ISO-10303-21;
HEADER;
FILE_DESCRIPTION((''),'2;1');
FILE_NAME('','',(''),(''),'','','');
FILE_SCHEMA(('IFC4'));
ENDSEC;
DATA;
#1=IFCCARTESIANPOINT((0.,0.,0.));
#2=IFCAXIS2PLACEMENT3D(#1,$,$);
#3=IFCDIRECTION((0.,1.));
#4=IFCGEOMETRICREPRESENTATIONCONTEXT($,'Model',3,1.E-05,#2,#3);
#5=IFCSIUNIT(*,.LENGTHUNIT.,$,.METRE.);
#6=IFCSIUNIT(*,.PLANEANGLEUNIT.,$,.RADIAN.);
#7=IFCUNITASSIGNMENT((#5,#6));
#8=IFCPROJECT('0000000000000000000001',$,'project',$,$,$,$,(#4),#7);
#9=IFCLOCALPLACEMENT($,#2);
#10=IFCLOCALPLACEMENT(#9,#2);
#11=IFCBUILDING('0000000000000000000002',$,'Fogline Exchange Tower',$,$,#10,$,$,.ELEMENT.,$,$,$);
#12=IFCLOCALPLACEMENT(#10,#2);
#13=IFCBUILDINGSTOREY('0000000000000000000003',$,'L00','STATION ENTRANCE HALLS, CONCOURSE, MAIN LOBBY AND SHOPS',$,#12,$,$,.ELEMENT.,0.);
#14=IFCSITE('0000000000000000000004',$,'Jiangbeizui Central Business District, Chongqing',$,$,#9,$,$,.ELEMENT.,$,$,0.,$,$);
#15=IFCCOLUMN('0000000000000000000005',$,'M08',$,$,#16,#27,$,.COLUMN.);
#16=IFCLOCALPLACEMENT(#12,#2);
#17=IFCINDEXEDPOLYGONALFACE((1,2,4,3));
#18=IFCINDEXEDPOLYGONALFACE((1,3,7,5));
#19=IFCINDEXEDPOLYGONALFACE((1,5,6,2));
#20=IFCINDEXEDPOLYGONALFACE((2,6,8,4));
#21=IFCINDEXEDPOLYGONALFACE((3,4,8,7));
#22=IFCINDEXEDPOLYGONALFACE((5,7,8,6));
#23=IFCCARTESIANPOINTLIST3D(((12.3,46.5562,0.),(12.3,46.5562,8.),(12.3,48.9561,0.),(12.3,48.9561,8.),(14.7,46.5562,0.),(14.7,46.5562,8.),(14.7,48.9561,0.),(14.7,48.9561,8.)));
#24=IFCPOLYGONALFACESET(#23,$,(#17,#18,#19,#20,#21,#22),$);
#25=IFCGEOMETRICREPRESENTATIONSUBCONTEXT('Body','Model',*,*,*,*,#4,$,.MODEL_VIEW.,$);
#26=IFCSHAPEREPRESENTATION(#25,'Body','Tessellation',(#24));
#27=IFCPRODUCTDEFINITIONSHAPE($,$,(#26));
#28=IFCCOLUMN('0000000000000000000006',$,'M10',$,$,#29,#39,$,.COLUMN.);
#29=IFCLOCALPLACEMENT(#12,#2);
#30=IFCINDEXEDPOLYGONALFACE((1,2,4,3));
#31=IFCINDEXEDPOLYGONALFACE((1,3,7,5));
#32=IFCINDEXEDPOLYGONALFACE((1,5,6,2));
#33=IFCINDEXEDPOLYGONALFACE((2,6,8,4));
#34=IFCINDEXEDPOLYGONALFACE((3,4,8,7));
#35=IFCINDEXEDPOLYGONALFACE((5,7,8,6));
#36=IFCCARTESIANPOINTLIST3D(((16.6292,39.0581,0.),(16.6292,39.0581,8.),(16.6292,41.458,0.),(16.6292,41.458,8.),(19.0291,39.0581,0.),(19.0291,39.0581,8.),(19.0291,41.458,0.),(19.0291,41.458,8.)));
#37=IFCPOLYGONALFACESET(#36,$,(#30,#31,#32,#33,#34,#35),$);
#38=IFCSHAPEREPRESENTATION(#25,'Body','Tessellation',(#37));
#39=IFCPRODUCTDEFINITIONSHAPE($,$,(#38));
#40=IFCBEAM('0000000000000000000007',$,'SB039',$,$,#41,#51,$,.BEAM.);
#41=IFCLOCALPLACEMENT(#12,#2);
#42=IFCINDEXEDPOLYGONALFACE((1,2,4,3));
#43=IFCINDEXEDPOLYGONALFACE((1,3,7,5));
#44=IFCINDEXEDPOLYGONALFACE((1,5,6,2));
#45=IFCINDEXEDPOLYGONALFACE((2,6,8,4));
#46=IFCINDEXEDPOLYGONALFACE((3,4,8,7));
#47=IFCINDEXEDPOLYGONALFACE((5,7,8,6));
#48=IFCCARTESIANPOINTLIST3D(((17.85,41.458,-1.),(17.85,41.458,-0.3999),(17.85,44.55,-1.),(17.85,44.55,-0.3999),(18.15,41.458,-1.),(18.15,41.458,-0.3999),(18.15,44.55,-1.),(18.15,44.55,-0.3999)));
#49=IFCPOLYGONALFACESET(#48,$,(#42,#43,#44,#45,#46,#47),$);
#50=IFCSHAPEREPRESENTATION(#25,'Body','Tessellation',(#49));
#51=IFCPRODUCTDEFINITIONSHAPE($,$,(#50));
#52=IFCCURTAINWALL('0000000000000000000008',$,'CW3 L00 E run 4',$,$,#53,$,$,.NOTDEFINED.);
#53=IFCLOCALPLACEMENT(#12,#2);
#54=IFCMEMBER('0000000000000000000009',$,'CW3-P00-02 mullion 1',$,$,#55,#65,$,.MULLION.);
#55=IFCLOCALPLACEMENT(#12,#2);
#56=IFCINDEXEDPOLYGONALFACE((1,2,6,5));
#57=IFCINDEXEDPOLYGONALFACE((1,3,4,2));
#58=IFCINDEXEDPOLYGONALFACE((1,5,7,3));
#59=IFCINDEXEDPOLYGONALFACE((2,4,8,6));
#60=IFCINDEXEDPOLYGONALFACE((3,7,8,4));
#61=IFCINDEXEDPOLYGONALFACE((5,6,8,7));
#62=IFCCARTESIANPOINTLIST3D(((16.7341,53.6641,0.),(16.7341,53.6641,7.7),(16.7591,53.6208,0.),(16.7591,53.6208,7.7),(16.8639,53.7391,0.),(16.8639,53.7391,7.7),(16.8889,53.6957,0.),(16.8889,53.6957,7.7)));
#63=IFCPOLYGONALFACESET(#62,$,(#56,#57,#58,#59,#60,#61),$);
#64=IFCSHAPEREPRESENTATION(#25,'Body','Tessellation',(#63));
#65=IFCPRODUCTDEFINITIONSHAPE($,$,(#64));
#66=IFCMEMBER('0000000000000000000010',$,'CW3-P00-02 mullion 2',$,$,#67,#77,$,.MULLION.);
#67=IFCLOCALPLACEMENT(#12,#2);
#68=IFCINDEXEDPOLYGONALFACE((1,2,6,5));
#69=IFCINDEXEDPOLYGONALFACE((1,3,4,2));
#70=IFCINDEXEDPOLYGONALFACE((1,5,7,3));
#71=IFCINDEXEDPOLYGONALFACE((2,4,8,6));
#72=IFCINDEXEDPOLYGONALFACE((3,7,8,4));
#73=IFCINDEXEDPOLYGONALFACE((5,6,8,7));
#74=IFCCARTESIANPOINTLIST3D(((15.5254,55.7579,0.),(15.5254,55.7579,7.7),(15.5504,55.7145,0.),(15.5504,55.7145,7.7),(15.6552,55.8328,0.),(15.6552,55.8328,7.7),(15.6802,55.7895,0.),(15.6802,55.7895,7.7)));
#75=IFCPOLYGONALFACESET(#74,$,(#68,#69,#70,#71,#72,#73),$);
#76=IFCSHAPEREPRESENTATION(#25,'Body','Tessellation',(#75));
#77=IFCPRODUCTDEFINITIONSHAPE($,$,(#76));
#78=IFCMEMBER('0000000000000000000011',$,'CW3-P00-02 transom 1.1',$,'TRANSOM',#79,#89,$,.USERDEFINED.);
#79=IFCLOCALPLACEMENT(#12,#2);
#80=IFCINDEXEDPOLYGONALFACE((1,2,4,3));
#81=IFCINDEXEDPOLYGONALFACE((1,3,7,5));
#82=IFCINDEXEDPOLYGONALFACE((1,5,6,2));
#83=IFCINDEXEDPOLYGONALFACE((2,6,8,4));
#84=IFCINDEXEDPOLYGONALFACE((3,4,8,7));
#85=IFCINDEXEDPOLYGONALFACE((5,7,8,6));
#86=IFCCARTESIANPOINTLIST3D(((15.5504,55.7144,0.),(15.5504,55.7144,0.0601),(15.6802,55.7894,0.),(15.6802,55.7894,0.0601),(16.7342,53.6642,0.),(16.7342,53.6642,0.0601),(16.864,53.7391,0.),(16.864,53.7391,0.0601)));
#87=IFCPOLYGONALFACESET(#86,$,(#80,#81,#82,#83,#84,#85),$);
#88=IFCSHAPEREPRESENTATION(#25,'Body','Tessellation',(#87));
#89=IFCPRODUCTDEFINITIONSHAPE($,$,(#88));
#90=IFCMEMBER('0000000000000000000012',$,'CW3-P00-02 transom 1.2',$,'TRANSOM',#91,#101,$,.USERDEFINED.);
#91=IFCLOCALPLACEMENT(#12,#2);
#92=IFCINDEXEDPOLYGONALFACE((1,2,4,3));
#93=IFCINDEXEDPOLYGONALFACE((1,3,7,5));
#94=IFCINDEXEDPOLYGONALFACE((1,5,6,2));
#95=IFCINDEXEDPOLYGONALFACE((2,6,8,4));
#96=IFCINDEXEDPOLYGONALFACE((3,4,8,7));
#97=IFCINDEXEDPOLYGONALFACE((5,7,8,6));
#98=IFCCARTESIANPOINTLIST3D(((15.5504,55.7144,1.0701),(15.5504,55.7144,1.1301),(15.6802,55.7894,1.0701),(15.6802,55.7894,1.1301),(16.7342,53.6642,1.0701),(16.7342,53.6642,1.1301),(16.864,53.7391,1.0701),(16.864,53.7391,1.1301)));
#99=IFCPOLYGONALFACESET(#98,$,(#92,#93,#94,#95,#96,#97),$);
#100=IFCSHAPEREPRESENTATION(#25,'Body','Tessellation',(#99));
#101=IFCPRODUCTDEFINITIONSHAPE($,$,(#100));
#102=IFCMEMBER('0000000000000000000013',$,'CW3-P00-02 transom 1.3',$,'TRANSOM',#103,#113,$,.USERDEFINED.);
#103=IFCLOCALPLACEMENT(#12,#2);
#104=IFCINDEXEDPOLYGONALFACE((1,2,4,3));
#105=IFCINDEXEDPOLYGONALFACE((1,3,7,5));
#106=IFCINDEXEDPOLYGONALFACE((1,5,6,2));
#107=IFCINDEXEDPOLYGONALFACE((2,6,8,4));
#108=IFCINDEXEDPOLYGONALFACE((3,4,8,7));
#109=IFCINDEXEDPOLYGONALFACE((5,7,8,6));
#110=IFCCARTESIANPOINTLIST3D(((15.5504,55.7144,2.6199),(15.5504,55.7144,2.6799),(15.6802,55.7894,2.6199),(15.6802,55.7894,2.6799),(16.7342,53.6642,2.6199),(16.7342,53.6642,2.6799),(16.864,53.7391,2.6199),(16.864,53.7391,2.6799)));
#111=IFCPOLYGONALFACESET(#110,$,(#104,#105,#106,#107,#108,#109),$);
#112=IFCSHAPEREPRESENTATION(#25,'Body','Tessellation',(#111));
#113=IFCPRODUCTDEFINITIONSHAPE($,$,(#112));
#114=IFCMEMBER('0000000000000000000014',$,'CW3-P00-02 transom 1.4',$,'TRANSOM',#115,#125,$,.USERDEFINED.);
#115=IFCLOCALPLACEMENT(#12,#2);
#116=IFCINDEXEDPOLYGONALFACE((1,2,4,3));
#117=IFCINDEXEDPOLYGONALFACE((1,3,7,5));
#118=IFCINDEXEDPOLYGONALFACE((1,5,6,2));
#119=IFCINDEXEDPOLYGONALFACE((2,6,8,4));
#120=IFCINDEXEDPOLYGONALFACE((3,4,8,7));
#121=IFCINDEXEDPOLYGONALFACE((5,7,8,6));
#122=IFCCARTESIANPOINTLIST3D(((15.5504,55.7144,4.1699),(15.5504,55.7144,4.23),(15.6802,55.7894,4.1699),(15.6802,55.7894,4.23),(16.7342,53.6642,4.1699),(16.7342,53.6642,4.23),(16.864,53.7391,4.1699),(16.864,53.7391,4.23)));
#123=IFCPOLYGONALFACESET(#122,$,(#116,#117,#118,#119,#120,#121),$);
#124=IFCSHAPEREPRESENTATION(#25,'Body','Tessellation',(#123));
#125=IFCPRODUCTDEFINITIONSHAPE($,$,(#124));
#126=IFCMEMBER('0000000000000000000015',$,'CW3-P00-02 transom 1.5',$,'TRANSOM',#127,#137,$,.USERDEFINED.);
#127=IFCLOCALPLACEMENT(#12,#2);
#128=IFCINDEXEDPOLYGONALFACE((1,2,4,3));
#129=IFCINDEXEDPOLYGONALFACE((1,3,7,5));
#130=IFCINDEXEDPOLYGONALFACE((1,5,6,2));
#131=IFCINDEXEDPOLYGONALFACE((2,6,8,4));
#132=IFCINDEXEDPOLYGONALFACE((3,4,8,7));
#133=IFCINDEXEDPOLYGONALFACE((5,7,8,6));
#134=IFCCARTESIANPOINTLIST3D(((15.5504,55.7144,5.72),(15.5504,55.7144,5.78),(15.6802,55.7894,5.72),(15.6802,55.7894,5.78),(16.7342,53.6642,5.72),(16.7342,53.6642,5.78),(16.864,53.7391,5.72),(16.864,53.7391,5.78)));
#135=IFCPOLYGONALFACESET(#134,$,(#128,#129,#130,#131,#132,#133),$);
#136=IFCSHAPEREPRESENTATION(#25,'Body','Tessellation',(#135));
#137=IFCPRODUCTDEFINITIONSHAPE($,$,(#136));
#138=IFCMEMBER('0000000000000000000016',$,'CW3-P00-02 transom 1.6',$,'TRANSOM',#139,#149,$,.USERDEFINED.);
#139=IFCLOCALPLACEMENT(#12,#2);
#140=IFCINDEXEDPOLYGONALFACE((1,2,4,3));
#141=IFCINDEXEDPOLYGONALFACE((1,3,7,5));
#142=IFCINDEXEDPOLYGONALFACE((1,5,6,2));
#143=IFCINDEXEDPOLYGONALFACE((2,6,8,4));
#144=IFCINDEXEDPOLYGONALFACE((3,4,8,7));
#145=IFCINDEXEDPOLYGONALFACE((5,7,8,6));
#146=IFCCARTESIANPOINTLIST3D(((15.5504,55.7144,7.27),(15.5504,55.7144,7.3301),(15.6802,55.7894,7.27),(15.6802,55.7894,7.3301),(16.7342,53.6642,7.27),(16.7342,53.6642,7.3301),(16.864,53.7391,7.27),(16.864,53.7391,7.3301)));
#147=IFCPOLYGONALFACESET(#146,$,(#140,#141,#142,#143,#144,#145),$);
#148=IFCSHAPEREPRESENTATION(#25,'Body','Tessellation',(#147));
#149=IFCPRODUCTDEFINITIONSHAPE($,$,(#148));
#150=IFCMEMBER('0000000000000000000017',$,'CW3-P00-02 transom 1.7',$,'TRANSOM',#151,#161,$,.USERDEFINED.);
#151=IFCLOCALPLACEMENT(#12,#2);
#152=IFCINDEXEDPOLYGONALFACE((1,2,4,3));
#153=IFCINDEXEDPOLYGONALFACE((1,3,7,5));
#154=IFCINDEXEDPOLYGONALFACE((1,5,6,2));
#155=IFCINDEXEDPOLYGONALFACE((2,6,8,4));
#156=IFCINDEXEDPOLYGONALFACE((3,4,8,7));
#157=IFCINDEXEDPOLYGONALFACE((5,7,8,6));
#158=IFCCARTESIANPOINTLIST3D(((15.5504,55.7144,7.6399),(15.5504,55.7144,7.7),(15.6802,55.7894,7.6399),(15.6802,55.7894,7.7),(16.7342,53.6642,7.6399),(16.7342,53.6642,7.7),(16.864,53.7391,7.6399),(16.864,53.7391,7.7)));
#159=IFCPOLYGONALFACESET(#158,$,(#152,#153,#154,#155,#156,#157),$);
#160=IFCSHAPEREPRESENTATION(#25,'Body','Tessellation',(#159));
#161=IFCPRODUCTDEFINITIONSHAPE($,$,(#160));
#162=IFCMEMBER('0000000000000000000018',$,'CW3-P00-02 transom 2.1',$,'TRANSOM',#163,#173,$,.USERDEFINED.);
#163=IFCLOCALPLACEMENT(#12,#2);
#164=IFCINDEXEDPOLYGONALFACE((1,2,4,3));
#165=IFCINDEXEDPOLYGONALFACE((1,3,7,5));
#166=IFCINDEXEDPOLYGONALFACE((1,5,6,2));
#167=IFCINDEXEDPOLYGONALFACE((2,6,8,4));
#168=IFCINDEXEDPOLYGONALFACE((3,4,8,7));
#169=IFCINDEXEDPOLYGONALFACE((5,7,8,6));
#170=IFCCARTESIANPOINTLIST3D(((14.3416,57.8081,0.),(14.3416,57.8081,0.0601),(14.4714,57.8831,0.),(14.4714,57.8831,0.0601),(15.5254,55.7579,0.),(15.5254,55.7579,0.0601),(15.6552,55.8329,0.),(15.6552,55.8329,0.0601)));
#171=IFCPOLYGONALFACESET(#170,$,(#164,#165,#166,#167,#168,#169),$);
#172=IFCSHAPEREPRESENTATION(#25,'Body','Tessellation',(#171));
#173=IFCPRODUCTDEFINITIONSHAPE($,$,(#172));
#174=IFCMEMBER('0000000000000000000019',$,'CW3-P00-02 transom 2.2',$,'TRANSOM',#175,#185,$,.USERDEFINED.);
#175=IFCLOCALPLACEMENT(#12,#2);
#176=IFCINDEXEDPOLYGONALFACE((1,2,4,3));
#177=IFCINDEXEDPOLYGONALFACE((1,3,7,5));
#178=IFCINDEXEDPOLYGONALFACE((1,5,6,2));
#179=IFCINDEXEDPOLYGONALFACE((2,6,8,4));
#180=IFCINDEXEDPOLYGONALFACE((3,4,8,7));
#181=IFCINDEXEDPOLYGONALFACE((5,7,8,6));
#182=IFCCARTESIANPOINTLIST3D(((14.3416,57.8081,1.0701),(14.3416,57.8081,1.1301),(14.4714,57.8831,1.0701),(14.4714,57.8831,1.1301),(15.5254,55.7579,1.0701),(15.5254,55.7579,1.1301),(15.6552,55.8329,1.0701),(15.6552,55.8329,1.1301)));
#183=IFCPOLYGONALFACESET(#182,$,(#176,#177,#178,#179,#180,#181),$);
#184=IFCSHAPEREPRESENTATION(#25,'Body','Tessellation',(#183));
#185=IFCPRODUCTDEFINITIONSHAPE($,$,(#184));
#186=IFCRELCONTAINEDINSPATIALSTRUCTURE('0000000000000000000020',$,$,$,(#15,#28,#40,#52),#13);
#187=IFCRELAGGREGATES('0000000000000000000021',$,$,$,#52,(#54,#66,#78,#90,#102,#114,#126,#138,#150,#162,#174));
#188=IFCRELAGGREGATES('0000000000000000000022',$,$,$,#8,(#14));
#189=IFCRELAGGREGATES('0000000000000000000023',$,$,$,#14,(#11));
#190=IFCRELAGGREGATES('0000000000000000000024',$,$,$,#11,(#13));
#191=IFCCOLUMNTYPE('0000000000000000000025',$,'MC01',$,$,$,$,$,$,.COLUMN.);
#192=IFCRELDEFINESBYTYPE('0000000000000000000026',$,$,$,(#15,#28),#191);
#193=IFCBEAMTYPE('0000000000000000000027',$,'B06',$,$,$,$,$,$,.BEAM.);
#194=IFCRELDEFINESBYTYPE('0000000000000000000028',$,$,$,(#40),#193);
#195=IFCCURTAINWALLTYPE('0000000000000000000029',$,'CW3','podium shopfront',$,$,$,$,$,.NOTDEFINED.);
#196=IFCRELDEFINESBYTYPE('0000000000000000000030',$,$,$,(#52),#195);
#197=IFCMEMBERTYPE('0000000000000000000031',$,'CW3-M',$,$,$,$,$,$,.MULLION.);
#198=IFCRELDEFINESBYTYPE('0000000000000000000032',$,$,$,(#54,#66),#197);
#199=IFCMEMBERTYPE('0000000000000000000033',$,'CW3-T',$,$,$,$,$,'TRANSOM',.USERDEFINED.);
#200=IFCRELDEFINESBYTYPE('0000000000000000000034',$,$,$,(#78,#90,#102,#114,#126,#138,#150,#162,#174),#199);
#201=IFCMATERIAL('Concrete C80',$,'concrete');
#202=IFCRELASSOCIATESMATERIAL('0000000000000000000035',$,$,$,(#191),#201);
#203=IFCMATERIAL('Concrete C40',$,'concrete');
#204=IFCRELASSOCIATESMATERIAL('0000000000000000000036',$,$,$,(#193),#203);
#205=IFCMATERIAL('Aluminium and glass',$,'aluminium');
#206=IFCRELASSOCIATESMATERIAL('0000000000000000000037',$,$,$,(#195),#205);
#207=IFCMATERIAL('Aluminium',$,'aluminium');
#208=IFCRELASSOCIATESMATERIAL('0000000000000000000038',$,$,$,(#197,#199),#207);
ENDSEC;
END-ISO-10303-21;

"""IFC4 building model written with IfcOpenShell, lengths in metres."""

from ifc_helpers import new_model, si_unit, direction, frame, origin, origin_2d, place, context, subcontext, project, spatial, rectangle, extrude, material, material_profile, profile_set, type_object, element, aggregate, save


model = new_model("IFC4")

# Units and contexts
model_context = context("Model", 3, precision=1e-05, world=origin(), true_north=direction((0.0, 1.0)))
body_context = subcontext(model_context, "Body", "Model", "MODEL_VIEW")
ifc_project = project(units=[si_unit("LENGTHUNIT", "METRE"), si_unit("PLANEANGLEUNIT", "RADIAN")], contexts=[model_context])

# Site, building, storey
site_placement = place(None, origin())
site = spatial("IfcSite", under=ifc_project, at=site_placement, Name="Jiangbeizui Central Business District, Chongqing", CompositionType="ELEMENT", RefElevation=0.0)
building_placement = place(site_placement, origin())
building = spatial("IfcBuilding", under=site, at=building_placement, Name="Fogline Exchange Tower", CompositionType="ELEMENT")
storey_placement = place(building_placement, origin())
storey = spatial("IfcBuildingStorey", under=building, at=storey_placement, Name="L00", Description="STATION ENTRANCE HALLS, CONCOURSE, MAIN LOBBY AND SHOPS", CompositionType="ELEMENT", Elevation=0.0)

# Columns
ifc_material_1 = material(Name="Concrete C80", Category="concrete")
ifc_material_profile_1 = material_profile(ifc_material_1, rectangle(XDim=2.3999, YDim=2.3999, at=origin_2d()), Name="RC 2400x2400")
ifc_profile_set_1 = profile_set([ifc_material_profile_1], Name="Concrete C80")
column_type = type_object("IfcColumnType", Name="MC01", PredefinedType="COLUMN", material=ifc_profile_set_1)
for number, where, z_axis, x_axis, name in (
    (1, (13.5, 47.7561, 0.0), (0.0, 0.0, 1.0), (1.0, 0.0, 0.0), "M08"),
    (2, (17.8291, 40.2581, 0.0), (0.0, 0.0, 1.0), (1.0, 0.0, 0.0), "M10"),
):
    element("IfcColumn", number, at=place(storey_placement, frame(where, z_axis=z_axis, x_axis=x_axis)), inside=storey, type_object=column_type, Name=name, PredefinedType="COLUMN", context=body_context, shape_type="SweptSolid", body=[
        extrude(rectangle(XDim=2.3999, YDim=2.3999, at=origin_2d()), origin(), (0.0, 0.0, 1.0), 8.0),
    ])

# Beam
ifc_material_2 = material(Name="Concrete C40", Category="concrete")
ifc_material_profile_2 = material_profile(ifc_material_2, rectangle(XDim=0.3, YDim=0.6001, at=origin_2d()), Name="RC 300x600")
ifc_profile_set_2 = profile_set([ifc_material_profile_2], Name="Concrete C40")
beam_type = type_object("IfcBeamType", Name="B06", PredefinedType="BEAM", material=ifc_profile_set_2)
beam_placement = place(storey_placement, frame((18.0, 41.458, -0.7), z_axis=(0.0, 1.0, 0.0), x_axis=(-1.0, 0.0, 0.0)))
element("IfcBeam", 3, at=beam_placement, inside=storey, type_object=beam_type, Name="SB039", PredefinedType="BEAM", context=body_context, shape_type="SweptSolid", body=[
    extrude(rectangle(XDim=0.3, YDim=0.6001, at=origin_2d()), origin(), (0.0, 0.0, 1.0), 3.092),
])

# Curtain wall, members
ifc_material_3 = material(Name="Aluminium and glass", Category="aluminium")
curtain_wall_type = type_object("IfcCurtainWallType", Name="CW3", Description="podium shopfront", PredefinedType="NOTDEFINED", material=ifc_material_3)
curtain_wall_placement = place(storey_placement, origin())
curtain_wall = element("IfcCurtainWall", 4, at=curtain_wall_placement, inside=storey, type_object=curtain_wall_type, Name="CW3 L00 E run 4", PredefinedType="NOTDEFINED")
ifc_material_4 = material(Name="Aluminium", Category="aluminium")
ifc_material_profile_3 = material_profile(ifc_material_4, rectangle(XDim=0.1499, YDim=0.05, at=origin_2d()), Name="Mullion 50x150")
ifc_profile_set_3 = profile_set([ifc_material_profile_3], Name="Aluminium")
member_type_1 = type_object("IfcMemberType", Name="CW3-M", PredefinedType="MULLION", material=ifc_profile_set_3)
member_1_placement = place(storey_placement, frame((16.8115, 53.6799, 0.0), z_axis=(0.0, 0.0, 1.0), x_axis=(-0.866026, -0.499999, 0.0)))
member_1 = element("IfcMember", 5, at=member_1_placement, type_object=member_type_1, Name="CW3-P00-02 mullion 1", PredefinedType="MULLION", context=body_context, shape_type="SweptSolid", body=[
    extrude(rectangle(XDim=0.1499, YDim=0.05, at=origin_2d()), origin(), (0.0, 0.0, 1.0), 7.7),
])
member_2_placement = place(storey_placement, frame((15.6028, 55.7737, 0.0), z_axis=(0.0, 0.0, 1.0), x_axis=(-0.866026, -0.499999, 0.0)))
member_2 = element("IfcMember", 6, at=member_2_placement, type_object=member_type_1, Name="CW3-P00-02 mullion 2", PredefinedType="MULLION", context=body_context, shape_type="SweptSolid", body=[
    extrude(rectangle(XDim=0.1499, YDim=0.05, at=origin_2d()), origin(), (0.0, 0.0, 1.0), 7.7),
])
ifc_material_profile_4 = material_profile(ifc_material_4, rectangle(XDim=0.1499, YDim=0.0601, at=origin_2d()), Name="Transom 60x150")
ifc_profile_set_4 = profile_set([ifc_material_profile_4], Name="Aluminium")
member_type_2 = type_object("IfcMemberType", Name="CW3-T", ElementType="TRANSOM", PredefinedType="USERDEFINED", material=ifc_profile_set_4)
member_3_placement = place(storey_placement, frame((16.7991, 53.7017, 0.03), z_axis=(-0.500032, 0.866007, 0.0), x_axis=(-0.866007, -0.500032, 0.0)))
member_3 = element("IfcMember", 7, at=member_3_placement, type_object=member_type_2, Name="CW3-P00-02 transom 1.1", ObjectType="TRANSOM", PredefinedType="USERDEFINED", context=body_context, shape_type="SweptSolid", body=[
    extrude(rectangle(XDim=0.1499, YDim=0.0601, at=origin_2d()), origin(), (0.0, 0.0, 1.0), 2.3674),
])
member_4_placement = place(storey_placement, frame((16.7991, 53.7017, 1.1001), z_axis=(-0.500032, 0.866007, 0.0), x_axis=(-0.866007, -0.500032, 0.0)))
member_4 = element("IfcMember", 8, at=member_4_placement, type_object=member_type_2, Name="CW3-P00-02 transom 1.2", ObjectType="TRANSOM", PredefinedType="USERDEFINED", context=body_context, shape_type="SweptSolid", body=[
    extrude(rectangle(XDim=0.1499, YDim=0.0601, at=origin_2d()), origin(), (0.0, 0.0, 1.0), 2.3674),
])
member_5_placement = place(storey_placement, frame((16.7991, 53.7017, 2.6499), z_axis=(-0.500032, 0.866007, 0.0), x_axis=(-0.866007, -0.500032, 0.0)))
member_5 = element("IfcMember", 9, at=member_5_placement, type_object=member_type_2, Name="CW3-P00-02 transom 1.3", ObjectType="TRANSOM", PredefinedType="USERDEFINED", context=body_context, shape_type="SweptSolid", body=[
    extrude(rectangle(XDim=0.1499, YDim=0.0601, at=origin_2d()), origin(), (0.0, 0.0, 1.0), 2.3674),
])
member_6_placement = place(storey_placement, frame((16.7991, 53.7017, 4.2), z_axis=(-0.500032, 0.866007, 0.0), x_axis=(-0.866007, -0.500032, 0.0)))
member_6 = element("IfcMember", 10, at=member_6_placement, type_object=member_type_2, Name="CW3-P00-02 transom 1.4", ObjectType="TRANSOM", PredefinedType="USERDEFINED", context=body_context, shape_type="SweptSolid", body=[
    extrude(rectangle(XDim=0.1499, YDim=0.0601, at=origin_2d()), origin(), (0.0, 0.0, 1.0), 2.3674),
])
member_7_placement = place(storey_placement, frame((16.7991, 53.7017, 5.75), z_axis=(-0.500032, 0.866007, 0.0), x_axis=(-0.866007, -0.500032, 0.0)))
member_7 = element("IfcMember", 11, at=member_7_placement, type_object=member_type_2, Name="CW3-P00-02 transom 1.5", ObjectType="TRANSOM", PredefinedType="USERDEFINED", context=body_context, shape_type="SweptSolid", body=[
    extrude(rectangle(XDim=0.1499, YDim=0.0601, at=origin_2d()), origin(), (0.0, 0.0, 1.0), 2.3674),
])
member_8_placement = place(storey_placement, frame((16.7991, 53.7017, 7.3), z_axis=(-0.500032, 0.866007, 0.0), x_axis=(-0.866007, -0.500032, 0.0)))
member_8 = element("IfcMember", 12, at=member_8_placement, type_object=member_type_2, Name="CW3-P00-02 transom 1.6", ObjectType="TRANSOM", PredefinedType="USERDEFINED", context=body_context, shape_type="SweptSolid", body=[
    extrude(rectangle(XDim=0.1499, YDim=0.0601, at=origin_2d()), origin(), (0.0, 0.0, 1.0), 2.3674),
])
member_9_placement = place(storey_placement, frame((16.7991, 53.7017, 7.6699), z_axis=(-0.500032, 0.866007, 0.0), x_axis=(-0.866007, -0.500032, 0.0)))
member_9 = element("IfcMember", 13, at=member_9_placement, type_object=member_type_2, Name="CW3-P00-02 transom 1.7", ObjectType="TRANSOM", PredefinedType="USERDEFINED", context=body_context, shape_type="SweptSolid", body=[
    extrude(rectangle(XDim=0.1499, YDim=0.0601, at=origin_2d()), origin(), (0.0, 0.0, 1.0), 2.3674),
])
member_10_placement = place(storey_placement, frame((15.5903, 55.7954, 0.03), z_axis=(-0.500032, 0.866007, 0.0), x_axis=(-0.866007, -0.500032, 0.0)))
member_10 = element("IfcMember", 14, at=member_10_placement, type_object=member_type_2, Name="CW3-P00-02 transom 2.1", ObjectType="TRANSOM", PredefinedType="USERDEFINED", context=body_context, shape_type="SweptSolid", body=[
    extrude(rectangle(XDim=0.1499, YDim=0.0601, at=origin_2d()), origin(), (0.0, 0.0, 1.0), 2.3674),
])
member_11_placement = place(storey_placement, frame((15.5903, 55.7954, 1.1001), z_axis=(-0.500032, 0.866007, 0.0), x_axis=(-0.866007, -0.500032, 0.0)))
member_11 = element("IfcMember", 15, at=member_11_placement, type_object=member_type_2, Name="CW3-P00-02 transom 2.2", ObjectType="TRANSOM", PredefinedType="USERDEFINED", context=body_context, shape_type="SweptSolid", body=[
    extrude(rectangle(XDim=0.1499, YDim=0.0601, at=origin_2d()), origin(), (0.0, 0.0, 1.0), 2.3674),
])
aggregate(curtain_wall, [member_1, member_2, member_3, member_4, member_5, member_6, member_7, member_8, member_9, member_10, member_11])

save(model, "model.ifc")
